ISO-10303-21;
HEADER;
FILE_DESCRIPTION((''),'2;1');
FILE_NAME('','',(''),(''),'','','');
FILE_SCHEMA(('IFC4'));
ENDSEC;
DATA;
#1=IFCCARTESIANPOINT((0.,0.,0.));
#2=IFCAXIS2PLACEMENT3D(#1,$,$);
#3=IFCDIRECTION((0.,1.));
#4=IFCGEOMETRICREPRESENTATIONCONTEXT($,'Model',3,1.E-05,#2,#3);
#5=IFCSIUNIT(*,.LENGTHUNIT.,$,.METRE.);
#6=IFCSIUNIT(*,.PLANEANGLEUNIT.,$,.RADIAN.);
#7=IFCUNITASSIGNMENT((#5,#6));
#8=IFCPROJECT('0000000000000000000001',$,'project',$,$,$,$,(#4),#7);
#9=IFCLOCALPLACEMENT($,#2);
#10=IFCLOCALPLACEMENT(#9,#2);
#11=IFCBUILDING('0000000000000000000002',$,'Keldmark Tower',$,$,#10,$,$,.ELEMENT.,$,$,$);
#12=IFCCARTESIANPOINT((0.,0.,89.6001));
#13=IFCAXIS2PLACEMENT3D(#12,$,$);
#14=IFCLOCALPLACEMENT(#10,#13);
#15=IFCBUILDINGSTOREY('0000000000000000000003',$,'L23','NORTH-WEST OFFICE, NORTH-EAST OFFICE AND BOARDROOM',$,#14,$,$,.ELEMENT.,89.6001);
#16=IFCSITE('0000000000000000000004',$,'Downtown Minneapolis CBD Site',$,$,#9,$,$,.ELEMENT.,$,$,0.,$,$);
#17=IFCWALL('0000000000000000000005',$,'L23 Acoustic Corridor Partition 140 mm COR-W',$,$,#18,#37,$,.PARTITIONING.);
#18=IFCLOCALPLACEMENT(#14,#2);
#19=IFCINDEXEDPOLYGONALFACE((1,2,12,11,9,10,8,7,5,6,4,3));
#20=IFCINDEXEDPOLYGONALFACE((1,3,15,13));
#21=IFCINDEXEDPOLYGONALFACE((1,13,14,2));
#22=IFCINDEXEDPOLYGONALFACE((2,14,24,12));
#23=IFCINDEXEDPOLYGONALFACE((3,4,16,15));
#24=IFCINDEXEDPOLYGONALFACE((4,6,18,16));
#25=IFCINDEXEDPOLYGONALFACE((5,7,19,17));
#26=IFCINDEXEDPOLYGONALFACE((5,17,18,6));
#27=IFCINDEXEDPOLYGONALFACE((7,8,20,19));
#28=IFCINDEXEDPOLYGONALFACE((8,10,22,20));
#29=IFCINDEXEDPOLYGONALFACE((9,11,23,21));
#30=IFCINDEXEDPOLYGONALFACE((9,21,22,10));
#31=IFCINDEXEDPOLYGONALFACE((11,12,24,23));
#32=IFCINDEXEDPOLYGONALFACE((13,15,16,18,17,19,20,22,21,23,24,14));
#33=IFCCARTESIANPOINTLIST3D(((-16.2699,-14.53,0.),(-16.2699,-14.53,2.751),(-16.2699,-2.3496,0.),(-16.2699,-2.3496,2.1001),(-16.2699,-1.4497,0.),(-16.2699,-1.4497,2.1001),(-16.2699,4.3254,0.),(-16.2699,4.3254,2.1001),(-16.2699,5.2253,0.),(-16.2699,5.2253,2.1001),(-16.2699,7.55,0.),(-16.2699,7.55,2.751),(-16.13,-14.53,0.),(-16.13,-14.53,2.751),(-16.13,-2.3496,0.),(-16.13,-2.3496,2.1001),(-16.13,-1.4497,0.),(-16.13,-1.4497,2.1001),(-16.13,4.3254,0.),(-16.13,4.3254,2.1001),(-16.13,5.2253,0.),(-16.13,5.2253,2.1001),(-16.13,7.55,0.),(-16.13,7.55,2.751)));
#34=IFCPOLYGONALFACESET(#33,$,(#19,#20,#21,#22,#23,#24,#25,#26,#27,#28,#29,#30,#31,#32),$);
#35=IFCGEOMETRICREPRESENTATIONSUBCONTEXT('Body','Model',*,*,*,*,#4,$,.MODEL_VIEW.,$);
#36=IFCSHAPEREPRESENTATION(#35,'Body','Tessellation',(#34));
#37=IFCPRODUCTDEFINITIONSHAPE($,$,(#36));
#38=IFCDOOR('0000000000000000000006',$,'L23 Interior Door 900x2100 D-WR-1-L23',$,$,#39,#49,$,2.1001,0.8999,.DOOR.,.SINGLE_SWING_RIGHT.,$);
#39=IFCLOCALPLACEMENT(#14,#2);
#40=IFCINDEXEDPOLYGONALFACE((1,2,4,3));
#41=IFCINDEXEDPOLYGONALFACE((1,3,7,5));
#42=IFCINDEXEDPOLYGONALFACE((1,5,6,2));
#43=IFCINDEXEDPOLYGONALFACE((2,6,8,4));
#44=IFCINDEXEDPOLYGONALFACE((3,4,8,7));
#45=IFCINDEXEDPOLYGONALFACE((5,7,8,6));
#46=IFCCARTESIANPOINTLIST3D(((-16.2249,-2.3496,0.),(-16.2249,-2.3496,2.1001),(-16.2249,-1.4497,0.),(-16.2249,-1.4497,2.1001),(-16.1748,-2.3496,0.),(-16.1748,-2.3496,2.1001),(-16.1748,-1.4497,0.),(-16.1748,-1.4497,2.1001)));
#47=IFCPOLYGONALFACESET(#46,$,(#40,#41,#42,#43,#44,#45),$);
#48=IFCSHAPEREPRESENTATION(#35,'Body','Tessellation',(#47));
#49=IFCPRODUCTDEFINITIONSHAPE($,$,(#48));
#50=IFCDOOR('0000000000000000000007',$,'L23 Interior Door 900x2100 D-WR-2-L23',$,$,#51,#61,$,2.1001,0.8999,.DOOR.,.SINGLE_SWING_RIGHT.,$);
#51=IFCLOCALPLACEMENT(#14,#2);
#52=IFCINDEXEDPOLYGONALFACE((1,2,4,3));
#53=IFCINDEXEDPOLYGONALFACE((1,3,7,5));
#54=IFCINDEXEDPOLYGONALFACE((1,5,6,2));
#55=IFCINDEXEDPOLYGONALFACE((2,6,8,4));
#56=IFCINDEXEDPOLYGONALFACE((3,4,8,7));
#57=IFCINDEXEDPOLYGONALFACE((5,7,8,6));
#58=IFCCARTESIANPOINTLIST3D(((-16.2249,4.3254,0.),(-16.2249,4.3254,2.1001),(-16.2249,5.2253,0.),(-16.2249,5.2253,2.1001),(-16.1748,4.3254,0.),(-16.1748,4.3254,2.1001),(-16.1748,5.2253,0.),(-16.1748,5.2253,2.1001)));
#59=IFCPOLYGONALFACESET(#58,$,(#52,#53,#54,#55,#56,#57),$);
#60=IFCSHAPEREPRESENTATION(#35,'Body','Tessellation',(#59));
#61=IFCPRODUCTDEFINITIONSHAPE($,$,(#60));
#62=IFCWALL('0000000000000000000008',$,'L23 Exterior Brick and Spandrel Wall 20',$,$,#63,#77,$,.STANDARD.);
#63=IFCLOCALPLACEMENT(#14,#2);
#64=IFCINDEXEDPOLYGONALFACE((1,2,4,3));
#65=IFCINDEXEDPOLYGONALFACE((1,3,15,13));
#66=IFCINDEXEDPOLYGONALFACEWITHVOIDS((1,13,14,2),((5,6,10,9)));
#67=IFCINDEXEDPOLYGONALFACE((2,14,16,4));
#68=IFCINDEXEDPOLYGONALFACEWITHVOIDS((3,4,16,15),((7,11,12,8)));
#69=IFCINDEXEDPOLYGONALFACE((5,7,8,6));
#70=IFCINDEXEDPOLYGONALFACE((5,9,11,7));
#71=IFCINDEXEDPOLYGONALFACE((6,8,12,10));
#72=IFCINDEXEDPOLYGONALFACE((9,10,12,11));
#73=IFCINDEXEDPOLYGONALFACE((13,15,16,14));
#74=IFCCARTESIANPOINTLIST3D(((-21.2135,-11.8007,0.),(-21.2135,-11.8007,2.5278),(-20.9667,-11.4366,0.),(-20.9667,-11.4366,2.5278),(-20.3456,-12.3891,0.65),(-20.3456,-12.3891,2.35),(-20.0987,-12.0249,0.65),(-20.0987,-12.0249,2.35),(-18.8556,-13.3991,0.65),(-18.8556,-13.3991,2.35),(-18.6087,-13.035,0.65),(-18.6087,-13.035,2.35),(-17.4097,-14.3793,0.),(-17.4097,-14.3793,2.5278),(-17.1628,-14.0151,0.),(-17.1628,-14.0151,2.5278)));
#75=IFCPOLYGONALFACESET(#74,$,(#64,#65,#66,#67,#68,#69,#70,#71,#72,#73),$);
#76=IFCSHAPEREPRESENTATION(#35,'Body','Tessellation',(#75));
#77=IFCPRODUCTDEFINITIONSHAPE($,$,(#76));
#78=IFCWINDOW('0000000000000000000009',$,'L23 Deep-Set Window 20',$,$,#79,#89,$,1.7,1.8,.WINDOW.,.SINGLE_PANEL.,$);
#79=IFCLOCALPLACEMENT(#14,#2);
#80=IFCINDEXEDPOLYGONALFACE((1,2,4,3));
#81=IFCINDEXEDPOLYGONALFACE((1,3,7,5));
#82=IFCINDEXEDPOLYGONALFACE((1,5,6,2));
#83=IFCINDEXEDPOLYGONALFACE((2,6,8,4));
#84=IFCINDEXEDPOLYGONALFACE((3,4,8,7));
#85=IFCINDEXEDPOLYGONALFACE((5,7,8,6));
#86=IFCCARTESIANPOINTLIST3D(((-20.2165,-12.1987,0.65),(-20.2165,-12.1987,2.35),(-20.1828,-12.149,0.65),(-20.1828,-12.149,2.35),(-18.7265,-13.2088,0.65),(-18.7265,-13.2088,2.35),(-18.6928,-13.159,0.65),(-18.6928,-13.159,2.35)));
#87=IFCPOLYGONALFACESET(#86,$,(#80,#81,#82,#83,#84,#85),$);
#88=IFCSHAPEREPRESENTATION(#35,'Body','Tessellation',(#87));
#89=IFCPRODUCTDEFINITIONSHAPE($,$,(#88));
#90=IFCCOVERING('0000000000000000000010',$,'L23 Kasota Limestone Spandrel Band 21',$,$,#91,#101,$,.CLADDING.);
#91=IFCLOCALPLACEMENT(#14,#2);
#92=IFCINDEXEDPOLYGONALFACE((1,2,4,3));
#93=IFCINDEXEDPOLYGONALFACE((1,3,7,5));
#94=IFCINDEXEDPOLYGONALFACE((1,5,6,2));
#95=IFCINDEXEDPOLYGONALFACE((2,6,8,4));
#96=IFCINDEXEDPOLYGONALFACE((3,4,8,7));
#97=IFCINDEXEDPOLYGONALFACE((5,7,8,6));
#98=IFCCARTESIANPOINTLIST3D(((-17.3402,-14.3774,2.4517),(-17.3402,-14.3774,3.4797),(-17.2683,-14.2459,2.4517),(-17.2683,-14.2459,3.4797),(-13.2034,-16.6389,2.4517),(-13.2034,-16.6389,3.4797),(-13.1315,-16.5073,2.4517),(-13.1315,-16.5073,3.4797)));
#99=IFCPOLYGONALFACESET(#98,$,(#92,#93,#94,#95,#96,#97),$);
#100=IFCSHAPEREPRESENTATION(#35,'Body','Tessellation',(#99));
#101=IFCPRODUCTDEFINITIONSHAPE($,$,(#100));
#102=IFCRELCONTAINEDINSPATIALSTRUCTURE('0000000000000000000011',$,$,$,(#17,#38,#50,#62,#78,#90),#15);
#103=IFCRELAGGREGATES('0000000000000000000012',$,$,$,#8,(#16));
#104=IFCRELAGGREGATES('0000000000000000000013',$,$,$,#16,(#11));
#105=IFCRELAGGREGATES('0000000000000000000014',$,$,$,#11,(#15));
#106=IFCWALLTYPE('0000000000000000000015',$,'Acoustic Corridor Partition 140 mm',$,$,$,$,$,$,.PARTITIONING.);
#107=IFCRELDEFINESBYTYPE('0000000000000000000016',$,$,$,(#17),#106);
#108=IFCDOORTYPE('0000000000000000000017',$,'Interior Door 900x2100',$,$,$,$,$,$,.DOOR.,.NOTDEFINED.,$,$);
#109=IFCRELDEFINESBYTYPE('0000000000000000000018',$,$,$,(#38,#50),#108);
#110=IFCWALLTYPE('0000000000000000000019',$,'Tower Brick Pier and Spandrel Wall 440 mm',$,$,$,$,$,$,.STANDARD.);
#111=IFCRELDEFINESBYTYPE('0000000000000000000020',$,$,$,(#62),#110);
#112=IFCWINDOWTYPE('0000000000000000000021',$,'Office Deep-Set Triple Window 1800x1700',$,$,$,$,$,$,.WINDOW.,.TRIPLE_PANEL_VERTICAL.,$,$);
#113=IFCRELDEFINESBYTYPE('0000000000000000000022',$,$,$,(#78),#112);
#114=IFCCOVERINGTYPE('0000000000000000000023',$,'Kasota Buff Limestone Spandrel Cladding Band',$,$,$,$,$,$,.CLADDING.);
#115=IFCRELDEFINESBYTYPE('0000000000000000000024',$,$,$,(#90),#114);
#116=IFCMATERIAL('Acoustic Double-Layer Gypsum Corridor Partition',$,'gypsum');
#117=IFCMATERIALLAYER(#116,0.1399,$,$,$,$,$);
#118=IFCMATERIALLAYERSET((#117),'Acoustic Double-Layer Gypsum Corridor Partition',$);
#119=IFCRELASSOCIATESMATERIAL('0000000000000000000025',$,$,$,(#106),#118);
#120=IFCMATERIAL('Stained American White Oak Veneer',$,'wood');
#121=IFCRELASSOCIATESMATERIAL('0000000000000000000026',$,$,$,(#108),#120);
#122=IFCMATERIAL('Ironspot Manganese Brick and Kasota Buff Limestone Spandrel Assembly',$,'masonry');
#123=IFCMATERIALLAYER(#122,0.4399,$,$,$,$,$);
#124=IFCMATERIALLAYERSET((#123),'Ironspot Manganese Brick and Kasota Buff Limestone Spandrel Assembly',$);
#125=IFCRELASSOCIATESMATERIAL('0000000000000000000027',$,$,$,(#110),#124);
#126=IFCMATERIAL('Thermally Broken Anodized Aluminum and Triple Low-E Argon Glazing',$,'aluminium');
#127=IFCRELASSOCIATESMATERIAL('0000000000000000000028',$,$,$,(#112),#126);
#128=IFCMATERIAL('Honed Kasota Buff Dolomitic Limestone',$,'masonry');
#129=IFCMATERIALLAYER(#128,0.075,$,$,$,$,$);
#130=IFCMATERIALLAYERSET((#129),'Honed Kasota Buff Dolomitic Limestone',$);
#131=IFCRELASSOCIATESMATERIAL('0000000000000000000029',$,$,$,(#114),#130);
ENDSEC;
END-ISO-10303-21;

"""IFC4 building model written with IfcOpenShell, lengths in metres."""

from ifc_helpers import new_model, si_unit, direction, frame, frame_2d, origin, origin_2d, place, context, subcontext, project, spatial, rectangle, extrude, material, layer, layer_set, type_object, element, fill, save


model = new_model("IFC4")

# Units and contexts
model_context = context("Model", 3, precision=1e-05, world=origin(), true_north=direction((0.0, 1.0)))
body_context = subcontext(model_context, "Body", "Model", "MODEL_VIEW")
ifc_project = project(units=[si_unit("LENGTHUNIT", "METRE"), si_unit("PLANEANGLEUNIT", "RADIAN")], contexts=[model_context])

# Site, building, storey
site_placement = place(None, origin())
site = spatial("IfcSite", under=ifc_project, at=site_placement, Name="Downtown Minneapolis CBD Site", CompositionType="ELEMENT", RefElevation=0.0)
building_placement = place(site_placement, origin())
building = spatial("IfcBuilding", under=site, at=building_placement, Name="Keldmark Tower", CompositionType="ELEMENT")
storey_placement = place(building_placement, frame((0.0, 0.0, 89.6001)))
storey = spatial("IfcBuildingStorey", under=building, at=storey_placement, Name="L23", Description="NORTH-WEST OFFICE, NORTH-EAST OFFICE AND BOARDROOM", CompositionType="ELEMENT", Elevation=89.6001)

# Wall, openings, doors
ifc_material_1 = material(Name="Acoustic Double-Layer Gypsum Corridor Partition", Category="gypsum")
ifc_layer_1 = layer(ifc_material_1, 0.1399)
ifc_layer_set_1 = layer_set([ifc_layer_1], Name="Acoustic Double-Layer Gypsum Corridor Partition")
wall_type_1 = type_object("IfcWallType", Name="Acoustic Corridor Partition 140 mm", PredefinedType="PARTITIONING", material=ifc_layer_set_1)
ifc_material_2 = material(Name="Stained American White Oak Veneer", Category="wood")
door_type_1 = type_object("IfcDoorType", Name="Interior Door 900x2100", OperationType="NOTDEFINED", PredefinedType="DOOR", material=ifc_material_2)
wall_1_placement = place(storey_placement, frame((-16.2, -14.53, 0.0), z_axis=(0.0, 0.0, 1.0), x_axis=(0.0, 1.0, 0.0)))
wall_1 = element("IfcWall", 1, at=wall_1_placement, inside=storey, type_object=wall_type_1, Name="L23 Acoustic Corridor Partition 140 mm COR-W", PredefinedType="PARTITIONING", context=body_context, shape_type="SweptSolid", body=[
    extrude(rectangle(XDim=22.0801, YDim=0.1399, at=frame_2d((11.04, 0.0))), origin(), (0.0, 0.0, 1.0), 2.751),
])
opening_1_placement = place(wall_1_placement, frame((12.1804, 0.0, 0.0)))
opening_1 = element("IfcOpeningElement", 2, at=opening_1_placement, cuts=wall_1, PredefinedType="OPENING", context=body_context, shape_type="SweptSolid", body=[
    extrude(rectangle(XDim=0.8999, YDim=2.1001, at=frame_2d((0.45, 1.05))), frame((0.0, 0.0798, 0.0), z_axis=(0.0, -1.0, 0.0), x_axis=(1.0, 0.0, 0.0)), (0.0, 0.0, 1.0), 0.1599),
])
opening_2_placement = place(wall_1_placement, frame((18.8555, 0.0, 0.0)))
opening_2 = element("IfcOpeningElement", 3, at=opening_2_placement, cuts=wall_1, PredefinedType="OPENING", context=body_context, shape_type="SweptSolid", body=[
    extrude(rectangle(XDim=0.8999, YDim=2.1001, at=frame_2d((0.45, 1.05))), frame((0.0, 0.0798, 0.0), z_axis=(0.0, -1.0, 0.0), x_axis=(1.0, 0.0, 0.0)), (0.0, 0.0, 1.0), 0.1599),
])
door_1_placement = place(opening_1_placement, origin())
door_1 = element("IfcDoor", 4, at=door_1_placement, inside=storey, type_object=door_type_1, Name="L23 Interior Door 900x2100 D-WR-1-L23", OperationType="SINGLE_SWING_RIGHT", OverallHeight=2.1001, OverallWidth=0.8999, PredefinedType="DOOR", context=body_context, shape_type="SweptSolid", body=[
    extrude(rectangle(XDim=0.8999, YDim=2.1001, at=frame_2d((0.45, 1.05))), frame((0.0, 0.0249, 0.0), z_axis=(0.0, -1.0, 0.0), x_axis=(1.0, 0.0, 0.0)), (0.0, 0.0, 1.0), 0.05),
])
fill(opening_1, door_1)
door_2_placement = place(opening_2_placement, origin())
door_2 = element("IfcDoor", 5, at=door_2_placement, inside=storey, type_object=door_type_1, Name="L23 Interior Door 900x2100 D-WR-2-L23", OperationType="SINGLE_SWING_RIGHT", OverallHeight=2.1001, OverallWidth=0.8999, PredefinedType="DOOR", context=body_context, shape_type="SweptSolid", body=[
    extrude(rectangle(XDim=0.8999, YDim=2.1001, at=frame_2d((0.45, 1.05))), frame((0.0, 0.0249, 0.0), z_axis=(0.0, -1.0, 0.0), x_axis=(1.0, 0.0, 0.0)), (0.0, 0.0, 1.0), 0.05),
])
fill(opening_2, door_2)

# Wall, opening, window
ifc_material_3 = material(Name="Ironspot Manganese Brick and Kasota Buff Limestone Spandrel Assembly", Category="masonry")
ifc_layer_2 = layer(ifc_material_3, 0.4399)
ifc_layer_set_2 = layer_set([ifc_layer_2], Name="Ironspot Manganese Brick and Kasota Buff Limestone Spandrel Assembly")
wall_type_2 = type_object("IfcWallType", Name="Tower Brick Pier and Spandrel Wall 440 mm", PredefinedType="STANDARD", material=ifc_layer_set_2)
wall_2_placement = place(storey_placement, frame((-17.2861, -14.1973, 0.0), z_axis=(0.0, 0.0, 1.0), x_axis=(-0.827743, 0.561108, 0.0)))
wall_2 = element("IfcWall", 6, at=wall_2_placement, inside=storey, type_object=wall_type_2, Name="L23 Exterior Brick and Spandrel Wall 20", PredefinedType="STANDARD", context=body_context, shape_type="SweptSolid", body=[
    extrude(rectangle(XDim=4.5955, YDim=0.4399, at=frame_2d((2.2979, 0.0))), origin(), (0.0, 0.0, 1.0), 2.5278),
])
opening_3_placement = place(wall_2_placement, frame((1.7471, 0.0, 0.6499)))
opening_3 = element("IfcOpeningElement", 7, at=opening_3_placement, cuts=wall_2, PredefinedType="OPENING", context=body_context, shape_type="SweptSolid", body=[
    extrude(rectangle(XDim=1.8, YDim=1.7, at=frame_2d((0.8999, 0.8501))), frame((0.0, 0.23, 0.0), z_axis=(0.0, -1.0, 0.0), x_axis=(1.0, 0.0, 0.0)), (0.0, 0.0, 1.0), 0.46),
])
ifc_material_4 = material(Name="Thermally Broken Anodized Aluminum and Triple Low-E Argon Glazing", Category="aluminium")
window_type = type_object("IfcWindowType", Name="Office Deep-Set Triple Window 1800x1700", PartitioningType="TRIPLE_PANEL_VERTICAL", PredefinedType="WINDOW", material=ifc_material_4)
window_placement = place(opening_3_placement, origin())
window = element("IfcWindow", 8, at=window_placement, inside=storey, type_object=window_type, Name="L23 Deep-Set Window 20", OverallHeight=1.7, OverallWidth=1.8, PartitioningType="SINGLE_PANEL", PredefinedType="WINDOW", context=body_context, shape_type="SweptSolid", body=[
    extrude(rectangle(XDim=1.8, YDim=1.7, at=frame_2d((0.8999, 0.8501))), frame((0.0, -0.01, 0.0), z_axis=(0.0, -1.0, 0.0), x_axis=(1.0, 0.0, 0.0)), (0.0, 0.0, 1.0), 0.0601),
])
fill(opening_3, window)

# Covering
ifc_material_5 = material(Name="Honed Kasota Buff Dolomitic Limestone", Category="masonry")
ifc_layer_3 = layer(ifc_material_5, 0.075)
ifc_layer_set_3 = layer_set([ifc_layer_3], Name="Honed Kasota Buff Dolomitic Limestone")
covering_type = type_object("IfcCoveringType", Name="Kasota Buff Limestone Spandrel Cladding Band", PredefinedType="CLADDING", material=ifc_layer_set_3)
covering_placement = place(storey_placement, frame((-15.2358, -15.4424, 2.4517), z_axis=(0.0, 0.0, 1.0), x_axis=(0.877448, -0.479672, 0.0)))
element("IfcCovering", 9, at=covering_placement, inside=storey, type_object=covering_type, Name="L23 Kasota Limestone Spandrel Band 21", PredefinedType="CLADDING", context=body_context, shape_type="SweptSolid", body=[
    extrude(rectangle(XDim=4.7146, YDim=0.1499, at=origin_2d()), origin(), (0.0, 0.0, 1.0), 1.0281),
])

save(model, "model.ifc")
